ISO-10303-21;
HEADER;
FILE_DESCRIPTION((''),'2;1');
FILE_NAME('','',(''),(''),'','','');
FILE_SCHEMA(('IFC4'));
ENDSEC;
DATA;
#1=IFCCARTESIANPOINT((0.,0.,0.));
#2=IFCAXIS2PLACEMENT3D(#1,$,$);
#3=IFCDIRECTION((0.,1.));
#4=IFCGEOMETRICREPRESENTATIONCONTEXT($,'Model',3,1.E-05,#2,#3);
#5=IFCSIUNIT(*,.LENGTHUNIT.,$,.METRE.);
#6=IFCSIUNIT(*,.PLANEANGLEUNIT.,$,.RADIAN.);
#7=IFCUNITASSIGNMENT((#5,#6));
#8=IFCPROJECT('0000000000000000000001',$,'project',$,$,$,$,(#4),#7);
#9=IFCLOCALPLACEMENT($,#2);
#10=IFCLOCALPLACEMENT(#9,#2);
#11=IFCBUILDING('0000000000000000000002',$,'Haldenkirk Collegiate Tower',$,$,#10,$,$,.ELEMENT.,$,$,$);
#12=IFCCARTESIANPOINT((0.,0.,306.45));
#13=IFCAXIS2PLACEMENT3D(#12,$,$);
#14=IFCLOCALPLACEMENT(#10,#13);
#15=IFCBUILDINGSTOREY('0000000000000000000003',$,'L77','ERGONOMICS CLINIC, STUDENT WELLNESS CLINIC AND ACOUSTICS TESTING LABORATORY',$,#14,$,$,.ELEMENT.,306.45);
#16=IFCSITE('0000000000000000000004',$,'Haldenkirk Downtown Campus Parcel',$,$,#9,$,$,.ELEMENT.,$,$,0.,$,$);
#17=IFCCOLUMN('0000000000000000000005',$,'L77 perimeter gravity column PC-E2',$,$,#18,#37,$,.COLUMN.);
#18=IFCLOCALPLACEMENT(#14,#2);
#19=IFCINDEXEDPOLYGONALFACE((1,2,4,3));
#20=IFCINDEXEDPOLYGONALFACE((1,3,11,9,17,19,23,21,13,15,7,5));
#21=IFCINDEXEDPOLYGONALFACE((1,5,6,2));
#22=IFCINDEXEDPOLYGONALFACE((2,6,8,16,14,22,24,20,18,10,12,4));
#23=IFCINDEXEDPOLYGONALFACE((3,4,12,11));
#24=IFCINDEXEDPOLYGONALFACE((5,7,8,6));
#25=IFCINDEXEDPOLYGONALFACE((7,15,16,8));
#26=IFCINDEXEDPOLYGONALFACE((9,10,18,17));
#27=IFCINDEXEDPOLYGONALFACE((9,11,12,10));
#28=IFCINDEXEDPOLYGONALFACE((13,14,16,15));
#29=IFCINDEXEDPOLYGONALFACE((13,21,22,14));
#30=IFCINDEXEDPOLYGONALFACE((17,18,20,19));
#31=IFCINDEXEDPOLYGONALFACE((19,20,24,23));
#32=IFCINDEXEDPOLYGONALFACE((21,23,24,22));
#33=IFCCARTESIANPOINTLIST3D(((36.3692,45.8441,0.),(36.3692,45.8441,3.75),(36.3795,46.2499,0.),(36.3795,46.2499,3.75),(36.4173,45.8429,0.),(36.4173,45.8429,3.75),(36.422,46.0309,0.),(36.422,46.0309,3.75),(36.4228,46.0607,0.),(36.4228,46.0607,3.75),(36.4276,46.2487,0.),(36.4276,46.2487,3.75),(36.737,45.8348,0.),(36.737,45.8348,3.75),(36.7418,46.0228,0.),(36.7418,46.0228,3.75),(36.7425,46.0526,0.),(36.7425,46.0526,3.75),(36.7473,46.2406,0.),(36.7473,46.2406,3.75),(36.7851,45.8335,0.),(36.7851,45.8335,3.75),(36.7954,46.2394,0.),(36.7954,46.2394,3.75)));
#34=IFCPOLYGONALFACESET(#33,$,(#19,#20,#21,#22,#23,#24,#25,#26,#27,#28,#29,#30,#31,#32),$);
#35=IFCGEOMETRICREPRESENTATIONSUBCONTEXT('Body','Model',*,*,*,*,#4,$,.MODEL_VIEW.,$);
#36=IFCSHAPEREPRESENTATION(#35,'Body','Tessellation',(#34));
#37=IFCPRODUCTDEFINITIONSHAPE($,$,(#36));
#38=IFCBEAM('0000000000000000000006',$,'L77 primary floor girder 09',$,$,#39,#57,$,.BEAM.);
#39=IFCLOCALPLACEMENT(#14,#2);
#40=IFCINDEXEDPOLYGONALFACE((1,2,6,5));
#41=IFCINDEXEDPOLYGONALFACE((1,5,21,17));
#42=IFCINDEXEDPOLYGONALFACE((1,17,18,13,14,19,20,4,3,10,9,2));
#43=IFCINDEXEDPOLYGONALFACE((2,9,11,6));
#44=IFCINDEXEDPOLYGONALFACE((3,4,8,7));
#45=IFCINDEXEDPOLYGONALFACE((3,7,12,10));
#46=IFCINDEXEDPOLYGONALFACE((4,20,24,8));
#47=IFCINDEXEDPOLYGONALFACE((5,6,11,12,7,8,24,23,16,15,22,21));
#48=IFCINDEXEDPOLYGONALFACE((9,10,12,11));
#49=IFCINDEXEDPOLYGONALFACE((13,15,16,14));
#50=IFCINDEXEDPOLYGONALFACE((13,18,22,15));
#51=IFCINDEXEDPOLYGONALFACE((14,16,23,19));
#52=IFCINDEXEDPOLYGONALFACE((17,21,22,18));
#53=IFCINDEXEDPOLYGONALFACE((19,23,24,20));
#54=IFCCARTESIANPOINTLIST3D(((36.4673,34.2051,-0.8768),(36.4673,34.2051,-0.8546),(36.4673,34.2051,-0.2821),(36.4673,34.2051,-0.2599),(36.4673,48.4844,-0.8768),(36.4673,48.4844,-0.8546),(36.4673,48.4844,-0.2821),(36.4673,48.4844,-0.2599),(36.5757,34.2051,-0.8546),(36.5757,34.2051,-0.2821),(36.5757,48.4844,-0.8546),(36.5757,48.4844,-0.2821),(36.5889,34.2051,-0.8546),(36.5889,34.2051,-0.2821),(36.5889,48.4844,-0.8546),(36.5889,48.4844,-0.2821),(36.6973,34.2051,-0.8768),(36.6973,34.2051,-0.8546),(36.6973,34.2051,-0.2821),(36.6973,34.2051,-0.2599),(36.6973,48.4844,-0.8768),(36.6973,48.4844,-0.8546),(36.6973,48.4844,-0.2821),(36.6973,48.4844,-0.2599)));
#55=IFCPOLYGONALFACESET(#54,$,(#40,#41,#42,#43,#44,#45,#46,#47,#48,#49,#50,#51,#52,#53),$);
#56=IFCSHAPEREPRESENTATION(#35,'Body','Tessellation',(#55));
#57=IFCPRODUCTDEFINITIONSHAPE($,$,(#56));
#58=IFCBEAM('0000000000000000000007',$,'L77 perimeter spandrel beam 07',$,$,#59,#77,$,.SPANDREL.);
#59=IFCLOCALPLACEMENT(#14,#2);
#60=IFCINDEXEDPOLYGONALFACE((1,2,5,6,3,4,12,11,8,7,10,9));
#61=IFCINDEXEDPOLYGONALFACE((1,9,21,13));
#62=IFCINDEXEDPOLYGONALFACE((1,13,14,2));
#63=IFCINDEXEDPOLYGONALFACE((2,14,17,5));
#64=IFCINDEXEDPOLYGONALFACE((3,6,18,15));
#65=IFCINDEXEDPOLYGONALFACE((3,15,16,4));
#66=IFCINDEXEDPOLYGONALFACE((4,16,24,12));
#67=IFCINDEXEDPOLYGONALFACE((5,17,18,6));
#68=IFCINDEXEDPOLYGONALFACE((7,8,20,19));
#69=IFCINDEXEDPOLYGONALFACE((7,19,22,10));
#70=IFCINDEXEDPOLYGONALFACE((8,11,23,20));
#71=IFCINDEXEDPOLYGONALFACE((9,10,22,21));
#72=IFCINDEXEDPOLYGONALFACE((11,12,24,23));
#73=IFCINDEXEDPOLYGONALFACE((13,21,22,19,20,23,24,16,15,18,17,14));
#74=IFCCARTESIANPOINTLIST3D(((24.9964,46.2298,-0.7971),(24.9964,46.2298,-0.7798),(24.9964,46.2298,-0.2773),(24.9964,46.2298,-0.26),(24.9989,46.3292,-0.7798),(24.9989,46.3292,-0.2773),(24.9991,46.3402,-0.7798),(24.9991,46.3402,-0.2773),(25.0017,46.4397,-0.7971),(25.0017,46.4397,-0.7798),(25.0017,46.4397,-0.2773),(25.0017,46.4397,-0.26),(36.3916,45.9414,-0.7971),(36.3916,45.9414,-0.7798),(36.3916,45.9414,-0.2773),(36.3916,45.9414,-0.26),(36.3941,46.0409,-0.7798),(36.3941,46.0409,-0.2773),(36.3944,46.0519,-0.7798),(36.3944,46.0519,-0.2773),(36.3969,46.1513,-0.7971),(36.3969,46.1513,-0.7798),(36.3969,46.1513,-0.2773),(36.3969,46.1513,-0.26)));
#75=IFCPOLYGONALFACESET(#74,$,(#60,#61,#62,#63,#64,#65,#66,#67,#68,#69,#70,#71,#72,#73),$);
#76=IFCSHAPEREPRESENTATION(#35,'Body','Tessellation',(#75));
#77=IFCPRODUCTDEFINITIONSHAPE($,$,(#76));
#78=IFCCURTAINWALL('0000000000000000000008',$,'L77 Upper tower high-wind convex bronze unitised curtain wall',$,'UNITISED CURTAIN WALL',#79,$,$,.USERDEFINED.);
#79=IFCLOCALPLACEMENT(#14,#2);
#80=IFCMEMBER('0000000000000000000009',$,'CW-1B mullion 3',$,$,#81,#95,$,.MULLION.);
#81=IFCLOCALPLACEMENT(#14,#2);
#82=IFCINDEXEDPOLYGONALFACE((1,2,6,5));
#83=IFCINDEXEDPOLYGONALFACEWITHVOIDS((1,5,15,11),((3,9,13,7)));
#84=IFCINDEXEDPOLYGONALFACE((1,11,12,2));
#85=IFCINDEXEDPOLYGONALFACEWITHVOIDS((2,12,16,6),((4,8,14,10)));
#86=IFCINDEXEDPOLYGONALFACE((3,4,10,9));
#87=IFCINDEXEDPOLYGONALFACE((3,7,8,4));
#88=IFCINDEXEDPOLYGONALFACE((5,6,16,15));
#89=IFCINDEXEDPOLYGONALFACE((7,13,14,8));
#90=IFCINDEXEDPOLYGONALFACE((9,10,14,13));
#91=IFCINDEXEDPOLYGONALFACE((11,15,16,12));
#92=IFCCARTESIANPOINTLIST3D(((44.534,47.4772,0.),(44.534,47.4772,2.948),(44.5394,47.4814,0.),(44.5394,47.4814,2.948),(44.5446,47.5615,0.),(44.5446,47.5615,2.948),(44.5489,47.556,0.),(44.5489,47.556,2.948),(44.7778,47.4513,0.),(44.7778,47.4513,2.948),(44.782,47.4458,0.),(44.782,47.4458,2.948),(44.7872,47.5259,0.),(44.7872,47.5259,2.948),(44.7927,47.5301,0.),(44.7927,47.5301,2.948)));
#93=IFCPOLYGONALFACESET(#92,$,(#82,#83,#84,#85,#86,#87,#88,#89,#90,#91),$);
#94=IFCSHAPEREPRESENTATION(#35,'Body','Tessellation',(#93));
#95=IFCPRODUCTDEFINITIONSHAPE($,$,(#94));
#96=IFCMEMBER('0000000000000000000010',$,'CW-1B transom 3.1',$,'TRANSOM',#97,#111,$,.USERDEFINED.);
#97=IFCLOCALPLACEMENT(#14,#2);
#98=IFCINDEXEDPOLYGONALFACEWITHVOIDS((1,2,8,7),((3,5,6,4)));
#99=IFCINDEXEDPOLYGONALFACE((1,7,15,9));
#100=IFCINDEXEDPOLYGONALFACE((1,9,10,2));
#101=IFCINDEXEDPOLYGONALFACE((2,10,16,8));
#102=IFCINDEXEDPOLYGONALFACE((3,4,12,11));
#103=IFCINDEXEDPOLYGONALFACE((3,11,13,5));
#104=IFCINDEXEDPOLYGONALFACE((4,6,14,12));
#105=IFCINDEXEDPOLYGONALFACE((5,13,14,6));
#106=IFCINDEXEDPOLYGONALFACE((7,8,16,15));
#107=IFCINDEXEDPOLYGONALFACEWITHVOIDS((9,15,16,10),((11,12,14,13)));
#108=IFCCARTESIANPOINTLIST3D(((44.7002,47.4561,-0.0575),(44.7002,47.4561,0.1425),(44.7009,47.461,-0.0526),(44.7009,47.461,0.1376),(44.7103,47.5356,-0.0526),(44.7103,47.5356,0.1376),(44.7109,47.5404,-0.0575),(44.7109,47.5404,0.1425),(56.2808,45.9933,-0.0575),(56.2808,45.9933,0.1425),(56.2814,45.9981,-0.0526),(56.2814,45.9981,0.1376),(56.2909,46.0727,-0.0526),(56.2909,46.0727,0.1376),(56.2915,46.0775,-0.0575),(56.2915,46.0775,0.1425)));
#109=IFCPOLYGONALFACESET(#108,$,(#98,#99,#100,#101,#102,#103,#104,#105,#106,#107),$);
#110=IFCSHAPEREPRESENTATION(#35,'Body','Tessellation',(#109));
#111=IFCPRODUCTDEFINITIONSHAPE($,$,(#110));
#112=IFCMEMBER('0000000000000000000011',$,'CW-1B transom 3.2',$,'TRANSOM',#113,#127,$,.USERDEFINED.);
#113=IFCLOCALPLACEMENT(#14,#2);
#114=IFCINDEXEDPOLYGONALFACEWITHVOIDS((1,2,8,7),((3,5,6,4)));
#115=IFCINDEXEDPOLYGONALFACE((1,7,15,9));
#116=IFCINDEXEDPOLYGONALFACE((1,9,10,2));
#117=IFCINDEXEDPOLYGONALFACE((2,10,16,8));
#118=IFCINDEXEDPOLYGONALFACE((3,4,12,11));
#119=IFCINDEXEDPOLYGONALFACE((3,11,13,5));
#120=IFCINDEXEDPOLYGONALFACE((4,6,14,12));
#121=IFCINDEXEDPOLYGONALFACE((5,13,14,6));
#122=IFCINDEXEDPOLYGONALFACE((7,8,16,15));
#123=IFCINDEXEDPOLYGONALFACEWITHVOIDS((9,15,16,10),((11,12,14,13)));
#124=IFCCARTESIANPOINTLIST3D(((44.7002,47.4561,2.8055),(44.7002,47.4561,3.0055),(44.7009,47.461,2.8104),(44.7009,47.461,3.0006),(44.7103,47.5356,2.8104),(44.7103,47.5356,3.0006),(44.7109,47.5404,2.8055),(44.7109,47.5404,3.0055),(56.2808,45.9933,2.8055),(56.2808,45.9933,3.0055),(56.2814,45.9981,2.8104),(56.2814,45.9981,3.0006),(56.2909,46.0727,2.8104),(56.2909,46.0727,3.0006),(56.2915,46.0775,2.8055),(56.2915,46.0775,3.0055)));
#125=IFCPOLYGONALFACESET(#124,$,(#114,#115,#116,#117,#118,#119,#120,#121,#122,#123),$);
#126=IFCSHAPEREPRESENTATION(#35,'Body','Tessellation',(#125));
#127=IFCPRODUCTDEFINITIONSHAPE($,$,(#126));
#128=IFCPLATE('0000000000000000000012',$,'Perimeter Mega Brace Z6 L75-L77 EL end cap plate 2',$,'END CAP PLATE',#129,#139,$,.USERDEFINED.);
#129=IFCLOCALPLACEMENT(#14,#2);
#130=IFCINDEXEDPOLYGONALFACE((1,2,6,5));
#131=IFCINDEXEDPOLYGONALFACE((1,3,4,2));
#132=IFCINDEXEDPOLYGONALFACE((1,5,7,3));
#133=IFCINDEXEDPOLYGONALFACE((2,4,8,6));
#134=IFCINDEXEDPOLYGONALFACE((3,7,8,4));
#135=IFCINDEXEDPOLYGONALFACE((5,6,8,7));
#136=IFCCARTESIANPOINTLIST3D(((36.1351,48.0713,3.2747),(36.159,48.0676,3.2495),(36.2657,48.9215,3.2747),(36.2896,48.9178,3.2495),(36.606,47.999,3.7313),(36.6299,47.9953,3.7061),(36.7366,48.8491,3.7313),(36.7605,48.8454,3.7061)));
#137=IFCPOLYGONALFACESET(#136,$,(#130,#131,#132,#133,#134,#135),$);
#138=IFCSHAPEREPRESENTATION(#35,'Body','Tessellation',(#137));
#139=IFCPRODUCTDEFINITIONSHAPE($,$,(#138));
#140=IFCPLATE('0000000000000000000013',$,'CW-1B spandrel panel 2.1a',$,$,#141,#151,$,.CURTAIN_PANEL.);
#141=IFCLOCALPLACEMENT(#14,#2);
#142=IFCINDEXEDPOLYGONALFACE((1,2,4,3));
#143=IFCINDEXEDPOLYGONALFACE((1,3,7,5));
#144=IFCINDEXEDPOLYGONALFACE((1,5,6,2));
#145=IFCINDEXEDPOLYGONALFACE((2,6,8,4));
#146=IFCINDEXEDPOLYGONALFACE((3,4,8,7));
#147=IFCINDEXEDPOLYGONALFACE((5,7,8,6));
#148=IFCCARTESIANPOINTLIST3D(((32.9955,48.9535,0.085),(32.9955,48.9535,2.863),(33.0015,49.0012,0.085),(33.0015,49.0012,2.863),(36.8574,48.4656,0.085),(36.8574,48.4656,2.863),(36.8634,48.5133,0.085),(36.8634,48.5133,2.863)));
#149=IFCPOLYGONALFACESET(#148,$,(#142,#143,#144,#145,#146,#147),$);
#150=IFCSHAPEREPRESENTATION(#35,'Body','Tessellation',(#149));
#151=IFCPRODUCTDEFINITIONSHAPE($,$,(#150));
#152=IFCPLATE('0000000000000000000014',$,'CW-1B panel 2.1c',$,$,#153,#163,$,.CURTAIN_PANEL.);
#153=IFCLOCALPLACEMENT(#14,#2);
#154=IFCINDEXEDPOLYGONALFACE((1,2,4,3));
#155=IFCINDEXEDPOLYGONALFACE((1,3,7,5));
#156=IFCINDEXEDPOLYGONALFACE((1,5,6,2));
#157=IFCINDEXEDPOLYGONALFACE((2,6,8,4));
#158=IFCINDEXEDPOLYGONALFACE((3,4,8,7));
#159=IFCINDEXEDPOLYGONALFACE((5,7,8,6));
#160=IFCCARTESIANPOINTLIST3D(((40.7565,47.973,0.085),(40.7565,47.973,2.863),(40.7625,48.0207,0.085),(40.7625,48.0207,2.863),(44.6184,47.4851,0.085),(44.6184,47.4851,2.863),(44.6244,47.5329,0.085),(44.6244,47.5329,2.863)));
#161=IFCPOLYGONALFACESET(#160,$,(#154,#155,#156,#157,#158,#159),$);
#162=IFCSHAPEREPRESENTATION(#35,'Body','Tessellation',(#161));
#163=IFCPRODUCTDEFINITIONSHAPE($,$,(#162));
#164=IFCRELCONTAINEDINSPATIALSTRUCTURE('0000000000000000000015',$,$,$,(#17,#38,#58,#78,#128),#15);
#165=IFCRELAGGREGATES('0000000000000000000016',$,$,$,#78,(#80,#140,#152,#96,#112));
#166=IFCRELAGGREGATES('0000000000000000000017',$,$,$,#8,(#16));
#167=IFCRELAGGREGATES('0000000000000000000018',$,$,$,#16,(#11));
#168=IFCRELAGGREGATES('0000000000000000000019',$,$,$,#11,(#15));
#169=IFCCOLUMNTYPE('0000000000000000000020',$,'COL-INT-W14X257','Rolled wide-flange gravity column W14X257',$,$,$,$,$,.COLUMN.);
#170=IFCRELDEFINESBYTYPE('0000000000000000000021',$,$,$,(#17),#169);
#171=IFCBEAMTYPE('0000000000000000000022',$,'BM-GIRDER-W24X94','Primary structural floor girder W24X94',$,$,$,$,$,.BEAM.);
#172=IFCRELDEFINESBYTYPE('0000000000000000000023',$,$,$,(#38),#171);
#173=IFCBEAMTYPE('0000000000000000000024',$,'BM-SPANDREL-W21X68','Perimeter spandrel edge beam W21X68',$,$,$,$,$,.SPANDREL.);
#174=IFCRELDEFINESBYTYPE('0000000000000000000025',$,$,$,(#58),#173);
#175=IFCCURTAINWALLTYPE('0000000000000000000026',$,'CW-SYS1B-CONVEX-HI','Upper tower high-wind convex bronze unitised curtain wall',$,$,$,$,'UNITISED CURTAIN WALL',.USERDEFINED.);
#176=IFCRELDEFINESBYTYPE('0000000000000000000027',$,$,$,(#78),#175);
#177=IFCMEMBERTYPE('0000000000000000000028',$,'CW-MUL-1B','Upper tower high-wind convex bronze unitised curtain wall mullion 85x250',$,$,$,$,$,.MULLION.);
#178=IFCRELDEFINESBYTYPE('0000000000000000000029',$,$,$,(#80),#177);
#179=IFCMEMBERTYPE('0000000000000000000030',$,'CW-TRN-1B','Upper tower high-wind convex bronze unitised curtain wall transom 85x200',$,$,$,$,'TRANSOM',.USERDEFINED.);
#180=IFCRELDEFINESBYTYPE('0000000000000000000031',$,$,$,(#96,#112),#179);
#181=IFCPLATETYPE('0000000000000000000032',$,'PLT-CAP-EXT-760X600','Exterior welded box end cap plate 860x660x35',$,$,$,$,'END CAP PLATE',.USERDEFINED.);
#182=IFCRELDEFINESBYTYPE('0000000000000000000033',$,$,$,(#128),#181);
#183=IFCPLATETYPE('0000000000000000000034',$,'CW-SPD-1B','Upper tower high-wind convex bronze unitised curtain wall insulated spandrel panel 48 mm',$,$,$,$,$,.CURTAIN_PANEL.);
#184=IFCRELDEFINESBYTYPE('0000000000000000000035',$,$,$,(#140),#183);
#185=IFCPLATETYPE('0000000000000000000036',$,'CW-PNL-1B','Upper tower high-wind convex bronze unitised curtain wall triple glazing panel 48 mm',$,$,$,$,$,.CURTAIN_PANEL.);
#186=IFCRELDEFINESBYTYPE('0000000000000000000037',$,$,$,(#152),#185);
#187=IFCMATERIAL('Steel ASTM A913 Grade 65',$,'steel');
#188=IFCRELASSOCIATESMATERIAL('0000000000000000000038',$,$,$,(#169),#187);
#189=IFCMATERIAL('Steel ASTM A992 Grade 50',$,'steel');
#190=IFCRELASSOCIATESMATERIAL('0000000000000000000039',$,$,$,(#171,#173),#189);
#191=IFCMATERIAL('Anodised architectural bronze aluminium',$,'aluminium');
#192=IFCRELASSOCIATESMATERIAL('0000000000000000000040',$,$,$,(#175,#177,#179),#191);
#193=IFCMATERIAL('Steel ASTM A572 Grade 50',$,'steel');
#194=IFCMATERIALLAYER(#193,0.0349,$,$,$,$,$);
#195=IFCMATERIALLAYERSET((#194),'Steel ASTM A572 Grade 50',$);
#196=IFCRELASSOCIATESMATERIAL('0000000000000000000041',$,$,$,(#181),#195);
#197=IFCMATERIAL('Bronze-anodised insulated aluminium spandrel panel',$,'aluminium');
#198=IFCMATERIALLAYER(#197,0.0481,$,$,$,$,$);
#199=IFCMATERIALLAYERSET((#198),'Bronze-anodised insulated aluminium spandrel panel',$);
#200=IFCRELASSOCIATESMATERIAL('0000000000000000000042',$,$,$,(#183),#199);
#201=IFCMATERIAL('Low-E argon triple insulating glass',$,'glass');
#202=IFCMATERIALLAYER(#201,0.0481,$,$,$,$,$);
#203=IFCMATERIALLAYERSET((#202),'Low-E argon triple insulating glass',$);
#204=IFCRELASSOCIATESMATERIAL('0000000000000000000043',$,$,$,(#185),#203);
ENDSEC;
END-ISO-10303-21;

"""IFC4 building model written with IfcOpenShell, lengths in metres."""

from ifc_helpers import new_model, si_unit, direction, frame, origin, origin_2d, place, context, subcontext, project, spatial, rectangle, hollow_rectangle, i_section, extrude, source, transform, mapped, material, layer, layer_set, material_profile, profile_set, type_object, element, aggregate, save


model = new_model("IFC4")

# Units and contexts
model_context = context("Model", 3, precision=1e-05, world=origin(), true_north=direction((0.0, 1.0)))
body_context = subcontext(model_context, "Body", "Model", "MODEL_VIEW")
ifc_project = project(units=[si_unit("LENGTHUNIT", "METRE"), si_unit("PLANEANGLEUNIT", "RADIAN")], contexts=[model_context])

# Site, building, storey
site_placement = place(None, origin())
site = spatial("IfcSite", under=ifc_project, at=site_placement, Name="Haldenkirk Downtown Campus Parcel", CompositionType="ELEMENT", RefElevation=0.0)
building_placement = place(site_placement, origin())
building = spatial("IfcBuilding", under=site, at=building_placement, Name="Haldenkirk Collegiate Tower", CompositionType="ELEMENT")
storey_placement = place(building_placement, frame((0.0, 0.0, 306.45)))
storey = spatial("IfcBuildingStorey", under=building, at=storey_placement, Name="L77", Description="ERGONOMICS CLINIC, STUDENT WELLNESS CLINIC AND ACOUSTICS TESTING LABORATORY", CompositionType="ELEMENT", Elevation=306.45)

# Column
ifc_material_1 = material(Name="Steel ASTM A913 Grade 65", Category="steel")
ifc_material_profile_1 = material_profile(ifc_material_1, i_section(OverallWidth=0.406, OverallDepth=0.416, WebThickness=0.0298, FlangeThickness=0.0481, at=origin_2d()), Name="W14X257")
ifc_profile_set_1 = profile_set([ifc_material_profile_1], Name="Steel ASTM A913 Grade 65")
column_type = type_object("IfcColumnType", Name="COL-INT-W14X257", Description="Rolled wide-flange gravity column W14X257", PredefinedType="COLUMN", material=ifc_profile_set_1)
column_placement = place(storey_placement, frame((36.5823, 46.0417, 0.0), z_axis=(0.0, 0.0, 1.0), x_axis=(0.025305, 0.99968, 0.0)))
element("IfcColumn", 1, at=column_placement, inside=storey, type_object=column_type, Name="L77 perimeter gravity column PC-E2", PredefinedType="COLUMN", context=body_context, shape_type="SweptSolid", body=[
    extrude(i_section(OverallWidth=0.406, OverallDepth=0.416, WebThickness=0.0298, FlangeThickness=0.0481, at=origin_2d()), origin(), (0.0, 0.0, 1.0), 3.75),
])

# Beams
ifc_material_2 = material(Name="Steel ASTM A992 Grade 50", Category="steel")
ifc_material_profile_2 = material_profile(ifc_material_2, i_section(OverallWidth=0.23, OverallDepth=0.6169, WebThickness=0.0132, FlangeThickness=0.0222, at=origin_2d()), Name="W24X94")
ifc_profile_set_2 = profile_set([ifc_material_profile_2], Name="Steel ASTM A992 Grade 50")
beam_type_1 = type_object("IfcBeamType", Name="BM-GIRDER-W24X94", Description="Primary structural floor girder W24X94", PredefinedType="BEAM", material=ifc_profile_set_2)
beam_1_placement = place(storey_placement, frame((36.5823, 48.4844, -0.5684), z_axis=(0.0, -1.0, 0.0), x_axis=(1.0, 0.0, 0.0)))
element("IfcBeam", 2, at=beam_1_placement, inside=storey, type_object=beam_type_1, Name="L77 primary floor girder 09", PredefinedType="BEAM", context=body_context, shape_type="SweptSolid", body=[
    extrude(i_section(OverallWidth=0.23, OverallDepth=0.6169, WebThickness=0.0132, FlangeThickness=0.0222, at=origin_2d()), origin(), (0.0, 0.0, 1.0), 14.2793),
])
ifc_material_profile_3 = material_profile(ifc_material_2, i_section(OverallWidth=0.21, OverallDepth=0.5371, WebThickness=0.011, FlangeThickness=0.0173, at=origin_2d()), Name="W21X68")
ifc_profile_set_3 = profile_set([ifc_material_profile_3], Name="Steel ASTM A992 Grade 50")
beam_type_2 = type_object("IfcBeamType", Name="BM-SPANDREL-W21X68", Description="Perimeter spandrel edge beam W21X68", PredefinedType="SPANDREL", material=ifc_profile_set_3)
beam_2_placement = place(storey_placement, frame((36.3943, 46.0464, -0.5286), z_axis=(-0.99968, 0.025295, 0.0), x_axis=(-0.025295, -0.99968, 0.0)))
element("IfcBeam", 3, at=beam_2_placement, inside=storey, type_object=beam_type_2, Name="L77 perimeter spandrel beam 07", PredefinedType="SPANDREL", context=body_context, shape_type="SweptSolid", body=[
    extrude(i_section(OverallWidth=0.21, OverallDepth=0.5371, WebThickness=0.011, FlangeThickness=0.0173, at=origin_2d()), origin(), (0.0, 0.0, 1.0), 11.3989),
])

# Curtain wall, members
ifc_material_3 = material(Name="Anodised architectural bronze aluminium", Category="aluminium")
curtain_wall_type = type_object("IfcCurtainWallType", Name="CW-SYS1B-CONVEX-HI", Description="Upper tower high-wind convex bronze unitised curtain wall", ElementType="UNITISED CURTAIN WALL", PredefinedType="USERDEFINED", material=ifc_material_3)
curtain_wall_placement = place(storey_placement, origin())
curtain_wall = element("IfcCurtainWall", 4, at=curtain_wall_placement, inside=storey, type_object=curtain_wall_type, Name="L77 Upper tower high-wind convex bronze unitised curtain wall", ObjectType="UNITISED CURTAIN WALL", PredefinedType="USERDEFINED")
ifc_material_profile_4 = material_profile(ifc_material_3, hollow_rectangle(XDim=0.085, YDim=0.25, WallThickness=0.0049, at=origin_2d()), Name="CW-MUL-1B")
ifc_profile_set_4 = profile_set([ifc_material_profile_4], Name="Anodised architectural bronze aluminium")
member_type_1 = type_object("IfcMemberType", Name="CW-MUL-1B", Description="Upper tower high-wind convex bronze unitised curtain wall mullion 85x250", PredefinedType="MULLION", material=ifc_profile_set_4)
member_1_placement = place(storey_placement, frame((44.6633, 47.5037, 0.0), z_axis=(0.0, 0.0, 1.0), x_axis=(0.125333, 0.992115, 0.0)))
member_1 = element("IfcMember", 5, at=member_1_placement, type_object=member_type_1, Name="CW-1B mullion 3", PredefinedType="MULLION", context=body_context, shape_type="SweptSolid", body=[
    extrude(hollow_rectangle(XDim=0.085, YDim=0.25, WallThickness=0.0049, at=origin_2d()), origin(), (0.0, 0.0, 1.0), 2.948),
])
ifc_material_profile_5 = material_profile(ifc_material_3, hollow_rectangle(XDim=0.085, YDim=0.2, WallThickness=0.0049, at=origin_2d()), Name="CW-TRN-1B")
ifc_profile_set_5 = profile_set([ifc_material_profile_5], Name="Anodised architectural bronze aluminium")
member_type_2 = type_object("IfcMemberType", Name="CW-TRN-1B", Description="Upper tower high-wind convex bronze unitised curtain wall transom 85x200", ElementType="TRANSOM", PredefinedType="USERDEFINED", material=ifc_profile_set_5)
member_2_placement = place(storey_placement, frame((44.7056, 47.4983, 0.0425), z_axis=(0.992116, -0.125327, 0.0), x_axis=(0.125327, 0.992116, 0.0)))
member_2 = element("IfcMember", 6, at=member_2_placement, type_object=member_type_2, Name="CW-1B transom 3.1", ObjectType="TRANSOM", PredefinedType="USERDEFINED", context=body_context, shape_type="SweptSolid", body=[
    extrude(hollow_rectangle(XDim=0.085, YDim=0.2, WallThickness=0.0049, at=origin_2d()), origin(), (0.0, 0.0, 1.0), 11.6726),
])
member_3_placement = place(storey_placement, frame((44.7056, 47.4983, 2.9055), z_axis=(0.992116, -0.125327, 0.0), x_axis=(0.125327, 0.992116, 0.0)))
member_3 = element("IfcMember", 7, at=member_3_placement, type_object=member_type_2, Name="CW-1B transom 3.2", ObjectType="TRANSOM", PredefinedType="USERDEFINED", context=body_context, shape_type="SweptSolid", body=[
    extrude(hollow_rectangle(XDim=0.085, YDim=0.2, WallThickness=0.0049, at=origin_2d()), origin(), (0.0, 0.0, 1.0), 11.6726),
])

# Plates
ifc_material_4 = material(Name="Steel ASTM A572 Grade 50", Category="steel")
ifc_layer_1 = layer(ifc_material_4, 0.0349)
ifc_layer_set_1 = layer_set([ifc_layer_1], Name="Steel ASTM A572 Grade 50")
plate_type_1 = type_object("IfcPlateType", Name="PLT-CAP-EXT-760X600", Description="Exterior welded box end cap plate 860x660x35", ElementType="END CAP PLATE", PredefinedType="USERDEFINED", material=ifc_layer_set_1)
shared_shape_1 = source(origin(), body_context, "Body", "SweptSolid", [
    extrude(rectangle(XDim=0.8601, YDim=0.6599, at=origin_2d()), origin(), (0.0, 0.0, 1.0), 0.0349),
])
plate_1_placement = place(storey_placement, frame((36.4597, 48.4565, 3.4778), z_axis=(-0.683926, 0.105074, 0.721945), x_axis=(-0.151852, -0.988403, 0.0)))
element("IfcPlate", 8, at=plate_1_placement, inside=storey, type_object=plate_type_1, Name="Perimeter Mega Brace Z6 L75-L77 EL end cap plate 2", ObjectType="END CAP PLATE", PredefinedType="USERDEFINED", context=body_context, shape_type="MappedRepresentation", body=[
    mapped(shared_shape_1, transform((0.0, 0.0, 0.0), x_axis=(1.0, 0.0, 0.0), y_axis=(0.0, 1.0, 0.0), z_axis=(0.0, 0.0, 1.0), scale=1.0)),
])
ifc_material_5 = material(Name="Bronze-anodised insulated aluminium spandrel panel", Category="aluminium")
ifc_layer_2 = layer(ifc_material_5, 0.0481)
ifc_layer_set_2 = layer_set([ifc_layer_2], Name="Bronze-anodised insulated aluminium spandrel panel")
plate_type_2 = type_object("IfcPlateType", Name="CW-SPD-1B", Description="Upper tower high-wind convex bronze unitised curtain wall insulated spandrel panel 48 mm", PredefinedType="CURTAIN_PANEL", material=ifc_layer_set_2)
shared_shape_2 = source(origin(), body_context, "Body", "SweptSolid", [
    extrude(rectangle(XDim=3.8926, YDim=0.0481, at=origin_2d()), origin(), (0.0, 0.0, 1.0), 2.7781),
])
plate_2_placement = place(storey_placement, frame((34.9294, 48.7334, 0.085), z_axis=(0.0, 0.0, 1.0), x_axis=(0.992115, -0.125333, 0.0)))
plate_2 = element("IfcPlate", 9, at=plate_2_placement, type_object=plate_type_2, Name="CW-1B spandrel panel 2.1a", PredefinedType="CURTAIN_PANEL", context=body_context, shape_type="MappedRepresentation", body=[
    mapped(shared_shape_2, transform((0.0, 0.0, 0.0), x_axis=(1.0, 0.0, 0.0), y_axis=(0.0, 1.0, 0.0), z_axis=(0.0, 0.0, 1.0), scale=1.0)),
])
ifc_material_6 = material(Name="Low-E argon triple insulating glass", Category="glass")
ifc_layer_3 = layer(ifc_material_6, 0.0481)
ifc_layer_set_3 = layer_set([ifc_layer_3], Name="Low-E argon triple insulating glass")
plate_type_3 = type_object("IfcPlateType", Name="CW-PNL-1B", Description="Upper tower high-wind convex bronze unitised curtain wall triple glazing panel 48 mm", PredefinedType="CURTAIN_PANEL", material=ifc_layer_set_3)
plate_3_placement = place(storey_placement, frame((42.6904, 47.7529, 0.085), z_axis=(0.0, 0.0, 1.0), x_axis=(0.992115, -0.125333, 0.0)))
plate_3 = element("IfcPlate", 10, at=plate_3_placement, type_object=plate_type_3, Name="CW-1B panel 2.1c", PredefinedType="CURTAIN_PANEL", context=body_context, shape_type="MappedRepresentation", body=[
    mapped(shared_shape_2, transform((0.0, 0.0, 0.0), x_axis=(1.0, 0.0, 0.0), y_axis=(0.0, 1.0, 0.0), z_axis=(0.0, 0.0, 1.0), scale=1.0)),
])
aggregate(curtain_wall, [member_1, plate_2, plate_3, member_2, member_3])

save(model, "model.ifc")
